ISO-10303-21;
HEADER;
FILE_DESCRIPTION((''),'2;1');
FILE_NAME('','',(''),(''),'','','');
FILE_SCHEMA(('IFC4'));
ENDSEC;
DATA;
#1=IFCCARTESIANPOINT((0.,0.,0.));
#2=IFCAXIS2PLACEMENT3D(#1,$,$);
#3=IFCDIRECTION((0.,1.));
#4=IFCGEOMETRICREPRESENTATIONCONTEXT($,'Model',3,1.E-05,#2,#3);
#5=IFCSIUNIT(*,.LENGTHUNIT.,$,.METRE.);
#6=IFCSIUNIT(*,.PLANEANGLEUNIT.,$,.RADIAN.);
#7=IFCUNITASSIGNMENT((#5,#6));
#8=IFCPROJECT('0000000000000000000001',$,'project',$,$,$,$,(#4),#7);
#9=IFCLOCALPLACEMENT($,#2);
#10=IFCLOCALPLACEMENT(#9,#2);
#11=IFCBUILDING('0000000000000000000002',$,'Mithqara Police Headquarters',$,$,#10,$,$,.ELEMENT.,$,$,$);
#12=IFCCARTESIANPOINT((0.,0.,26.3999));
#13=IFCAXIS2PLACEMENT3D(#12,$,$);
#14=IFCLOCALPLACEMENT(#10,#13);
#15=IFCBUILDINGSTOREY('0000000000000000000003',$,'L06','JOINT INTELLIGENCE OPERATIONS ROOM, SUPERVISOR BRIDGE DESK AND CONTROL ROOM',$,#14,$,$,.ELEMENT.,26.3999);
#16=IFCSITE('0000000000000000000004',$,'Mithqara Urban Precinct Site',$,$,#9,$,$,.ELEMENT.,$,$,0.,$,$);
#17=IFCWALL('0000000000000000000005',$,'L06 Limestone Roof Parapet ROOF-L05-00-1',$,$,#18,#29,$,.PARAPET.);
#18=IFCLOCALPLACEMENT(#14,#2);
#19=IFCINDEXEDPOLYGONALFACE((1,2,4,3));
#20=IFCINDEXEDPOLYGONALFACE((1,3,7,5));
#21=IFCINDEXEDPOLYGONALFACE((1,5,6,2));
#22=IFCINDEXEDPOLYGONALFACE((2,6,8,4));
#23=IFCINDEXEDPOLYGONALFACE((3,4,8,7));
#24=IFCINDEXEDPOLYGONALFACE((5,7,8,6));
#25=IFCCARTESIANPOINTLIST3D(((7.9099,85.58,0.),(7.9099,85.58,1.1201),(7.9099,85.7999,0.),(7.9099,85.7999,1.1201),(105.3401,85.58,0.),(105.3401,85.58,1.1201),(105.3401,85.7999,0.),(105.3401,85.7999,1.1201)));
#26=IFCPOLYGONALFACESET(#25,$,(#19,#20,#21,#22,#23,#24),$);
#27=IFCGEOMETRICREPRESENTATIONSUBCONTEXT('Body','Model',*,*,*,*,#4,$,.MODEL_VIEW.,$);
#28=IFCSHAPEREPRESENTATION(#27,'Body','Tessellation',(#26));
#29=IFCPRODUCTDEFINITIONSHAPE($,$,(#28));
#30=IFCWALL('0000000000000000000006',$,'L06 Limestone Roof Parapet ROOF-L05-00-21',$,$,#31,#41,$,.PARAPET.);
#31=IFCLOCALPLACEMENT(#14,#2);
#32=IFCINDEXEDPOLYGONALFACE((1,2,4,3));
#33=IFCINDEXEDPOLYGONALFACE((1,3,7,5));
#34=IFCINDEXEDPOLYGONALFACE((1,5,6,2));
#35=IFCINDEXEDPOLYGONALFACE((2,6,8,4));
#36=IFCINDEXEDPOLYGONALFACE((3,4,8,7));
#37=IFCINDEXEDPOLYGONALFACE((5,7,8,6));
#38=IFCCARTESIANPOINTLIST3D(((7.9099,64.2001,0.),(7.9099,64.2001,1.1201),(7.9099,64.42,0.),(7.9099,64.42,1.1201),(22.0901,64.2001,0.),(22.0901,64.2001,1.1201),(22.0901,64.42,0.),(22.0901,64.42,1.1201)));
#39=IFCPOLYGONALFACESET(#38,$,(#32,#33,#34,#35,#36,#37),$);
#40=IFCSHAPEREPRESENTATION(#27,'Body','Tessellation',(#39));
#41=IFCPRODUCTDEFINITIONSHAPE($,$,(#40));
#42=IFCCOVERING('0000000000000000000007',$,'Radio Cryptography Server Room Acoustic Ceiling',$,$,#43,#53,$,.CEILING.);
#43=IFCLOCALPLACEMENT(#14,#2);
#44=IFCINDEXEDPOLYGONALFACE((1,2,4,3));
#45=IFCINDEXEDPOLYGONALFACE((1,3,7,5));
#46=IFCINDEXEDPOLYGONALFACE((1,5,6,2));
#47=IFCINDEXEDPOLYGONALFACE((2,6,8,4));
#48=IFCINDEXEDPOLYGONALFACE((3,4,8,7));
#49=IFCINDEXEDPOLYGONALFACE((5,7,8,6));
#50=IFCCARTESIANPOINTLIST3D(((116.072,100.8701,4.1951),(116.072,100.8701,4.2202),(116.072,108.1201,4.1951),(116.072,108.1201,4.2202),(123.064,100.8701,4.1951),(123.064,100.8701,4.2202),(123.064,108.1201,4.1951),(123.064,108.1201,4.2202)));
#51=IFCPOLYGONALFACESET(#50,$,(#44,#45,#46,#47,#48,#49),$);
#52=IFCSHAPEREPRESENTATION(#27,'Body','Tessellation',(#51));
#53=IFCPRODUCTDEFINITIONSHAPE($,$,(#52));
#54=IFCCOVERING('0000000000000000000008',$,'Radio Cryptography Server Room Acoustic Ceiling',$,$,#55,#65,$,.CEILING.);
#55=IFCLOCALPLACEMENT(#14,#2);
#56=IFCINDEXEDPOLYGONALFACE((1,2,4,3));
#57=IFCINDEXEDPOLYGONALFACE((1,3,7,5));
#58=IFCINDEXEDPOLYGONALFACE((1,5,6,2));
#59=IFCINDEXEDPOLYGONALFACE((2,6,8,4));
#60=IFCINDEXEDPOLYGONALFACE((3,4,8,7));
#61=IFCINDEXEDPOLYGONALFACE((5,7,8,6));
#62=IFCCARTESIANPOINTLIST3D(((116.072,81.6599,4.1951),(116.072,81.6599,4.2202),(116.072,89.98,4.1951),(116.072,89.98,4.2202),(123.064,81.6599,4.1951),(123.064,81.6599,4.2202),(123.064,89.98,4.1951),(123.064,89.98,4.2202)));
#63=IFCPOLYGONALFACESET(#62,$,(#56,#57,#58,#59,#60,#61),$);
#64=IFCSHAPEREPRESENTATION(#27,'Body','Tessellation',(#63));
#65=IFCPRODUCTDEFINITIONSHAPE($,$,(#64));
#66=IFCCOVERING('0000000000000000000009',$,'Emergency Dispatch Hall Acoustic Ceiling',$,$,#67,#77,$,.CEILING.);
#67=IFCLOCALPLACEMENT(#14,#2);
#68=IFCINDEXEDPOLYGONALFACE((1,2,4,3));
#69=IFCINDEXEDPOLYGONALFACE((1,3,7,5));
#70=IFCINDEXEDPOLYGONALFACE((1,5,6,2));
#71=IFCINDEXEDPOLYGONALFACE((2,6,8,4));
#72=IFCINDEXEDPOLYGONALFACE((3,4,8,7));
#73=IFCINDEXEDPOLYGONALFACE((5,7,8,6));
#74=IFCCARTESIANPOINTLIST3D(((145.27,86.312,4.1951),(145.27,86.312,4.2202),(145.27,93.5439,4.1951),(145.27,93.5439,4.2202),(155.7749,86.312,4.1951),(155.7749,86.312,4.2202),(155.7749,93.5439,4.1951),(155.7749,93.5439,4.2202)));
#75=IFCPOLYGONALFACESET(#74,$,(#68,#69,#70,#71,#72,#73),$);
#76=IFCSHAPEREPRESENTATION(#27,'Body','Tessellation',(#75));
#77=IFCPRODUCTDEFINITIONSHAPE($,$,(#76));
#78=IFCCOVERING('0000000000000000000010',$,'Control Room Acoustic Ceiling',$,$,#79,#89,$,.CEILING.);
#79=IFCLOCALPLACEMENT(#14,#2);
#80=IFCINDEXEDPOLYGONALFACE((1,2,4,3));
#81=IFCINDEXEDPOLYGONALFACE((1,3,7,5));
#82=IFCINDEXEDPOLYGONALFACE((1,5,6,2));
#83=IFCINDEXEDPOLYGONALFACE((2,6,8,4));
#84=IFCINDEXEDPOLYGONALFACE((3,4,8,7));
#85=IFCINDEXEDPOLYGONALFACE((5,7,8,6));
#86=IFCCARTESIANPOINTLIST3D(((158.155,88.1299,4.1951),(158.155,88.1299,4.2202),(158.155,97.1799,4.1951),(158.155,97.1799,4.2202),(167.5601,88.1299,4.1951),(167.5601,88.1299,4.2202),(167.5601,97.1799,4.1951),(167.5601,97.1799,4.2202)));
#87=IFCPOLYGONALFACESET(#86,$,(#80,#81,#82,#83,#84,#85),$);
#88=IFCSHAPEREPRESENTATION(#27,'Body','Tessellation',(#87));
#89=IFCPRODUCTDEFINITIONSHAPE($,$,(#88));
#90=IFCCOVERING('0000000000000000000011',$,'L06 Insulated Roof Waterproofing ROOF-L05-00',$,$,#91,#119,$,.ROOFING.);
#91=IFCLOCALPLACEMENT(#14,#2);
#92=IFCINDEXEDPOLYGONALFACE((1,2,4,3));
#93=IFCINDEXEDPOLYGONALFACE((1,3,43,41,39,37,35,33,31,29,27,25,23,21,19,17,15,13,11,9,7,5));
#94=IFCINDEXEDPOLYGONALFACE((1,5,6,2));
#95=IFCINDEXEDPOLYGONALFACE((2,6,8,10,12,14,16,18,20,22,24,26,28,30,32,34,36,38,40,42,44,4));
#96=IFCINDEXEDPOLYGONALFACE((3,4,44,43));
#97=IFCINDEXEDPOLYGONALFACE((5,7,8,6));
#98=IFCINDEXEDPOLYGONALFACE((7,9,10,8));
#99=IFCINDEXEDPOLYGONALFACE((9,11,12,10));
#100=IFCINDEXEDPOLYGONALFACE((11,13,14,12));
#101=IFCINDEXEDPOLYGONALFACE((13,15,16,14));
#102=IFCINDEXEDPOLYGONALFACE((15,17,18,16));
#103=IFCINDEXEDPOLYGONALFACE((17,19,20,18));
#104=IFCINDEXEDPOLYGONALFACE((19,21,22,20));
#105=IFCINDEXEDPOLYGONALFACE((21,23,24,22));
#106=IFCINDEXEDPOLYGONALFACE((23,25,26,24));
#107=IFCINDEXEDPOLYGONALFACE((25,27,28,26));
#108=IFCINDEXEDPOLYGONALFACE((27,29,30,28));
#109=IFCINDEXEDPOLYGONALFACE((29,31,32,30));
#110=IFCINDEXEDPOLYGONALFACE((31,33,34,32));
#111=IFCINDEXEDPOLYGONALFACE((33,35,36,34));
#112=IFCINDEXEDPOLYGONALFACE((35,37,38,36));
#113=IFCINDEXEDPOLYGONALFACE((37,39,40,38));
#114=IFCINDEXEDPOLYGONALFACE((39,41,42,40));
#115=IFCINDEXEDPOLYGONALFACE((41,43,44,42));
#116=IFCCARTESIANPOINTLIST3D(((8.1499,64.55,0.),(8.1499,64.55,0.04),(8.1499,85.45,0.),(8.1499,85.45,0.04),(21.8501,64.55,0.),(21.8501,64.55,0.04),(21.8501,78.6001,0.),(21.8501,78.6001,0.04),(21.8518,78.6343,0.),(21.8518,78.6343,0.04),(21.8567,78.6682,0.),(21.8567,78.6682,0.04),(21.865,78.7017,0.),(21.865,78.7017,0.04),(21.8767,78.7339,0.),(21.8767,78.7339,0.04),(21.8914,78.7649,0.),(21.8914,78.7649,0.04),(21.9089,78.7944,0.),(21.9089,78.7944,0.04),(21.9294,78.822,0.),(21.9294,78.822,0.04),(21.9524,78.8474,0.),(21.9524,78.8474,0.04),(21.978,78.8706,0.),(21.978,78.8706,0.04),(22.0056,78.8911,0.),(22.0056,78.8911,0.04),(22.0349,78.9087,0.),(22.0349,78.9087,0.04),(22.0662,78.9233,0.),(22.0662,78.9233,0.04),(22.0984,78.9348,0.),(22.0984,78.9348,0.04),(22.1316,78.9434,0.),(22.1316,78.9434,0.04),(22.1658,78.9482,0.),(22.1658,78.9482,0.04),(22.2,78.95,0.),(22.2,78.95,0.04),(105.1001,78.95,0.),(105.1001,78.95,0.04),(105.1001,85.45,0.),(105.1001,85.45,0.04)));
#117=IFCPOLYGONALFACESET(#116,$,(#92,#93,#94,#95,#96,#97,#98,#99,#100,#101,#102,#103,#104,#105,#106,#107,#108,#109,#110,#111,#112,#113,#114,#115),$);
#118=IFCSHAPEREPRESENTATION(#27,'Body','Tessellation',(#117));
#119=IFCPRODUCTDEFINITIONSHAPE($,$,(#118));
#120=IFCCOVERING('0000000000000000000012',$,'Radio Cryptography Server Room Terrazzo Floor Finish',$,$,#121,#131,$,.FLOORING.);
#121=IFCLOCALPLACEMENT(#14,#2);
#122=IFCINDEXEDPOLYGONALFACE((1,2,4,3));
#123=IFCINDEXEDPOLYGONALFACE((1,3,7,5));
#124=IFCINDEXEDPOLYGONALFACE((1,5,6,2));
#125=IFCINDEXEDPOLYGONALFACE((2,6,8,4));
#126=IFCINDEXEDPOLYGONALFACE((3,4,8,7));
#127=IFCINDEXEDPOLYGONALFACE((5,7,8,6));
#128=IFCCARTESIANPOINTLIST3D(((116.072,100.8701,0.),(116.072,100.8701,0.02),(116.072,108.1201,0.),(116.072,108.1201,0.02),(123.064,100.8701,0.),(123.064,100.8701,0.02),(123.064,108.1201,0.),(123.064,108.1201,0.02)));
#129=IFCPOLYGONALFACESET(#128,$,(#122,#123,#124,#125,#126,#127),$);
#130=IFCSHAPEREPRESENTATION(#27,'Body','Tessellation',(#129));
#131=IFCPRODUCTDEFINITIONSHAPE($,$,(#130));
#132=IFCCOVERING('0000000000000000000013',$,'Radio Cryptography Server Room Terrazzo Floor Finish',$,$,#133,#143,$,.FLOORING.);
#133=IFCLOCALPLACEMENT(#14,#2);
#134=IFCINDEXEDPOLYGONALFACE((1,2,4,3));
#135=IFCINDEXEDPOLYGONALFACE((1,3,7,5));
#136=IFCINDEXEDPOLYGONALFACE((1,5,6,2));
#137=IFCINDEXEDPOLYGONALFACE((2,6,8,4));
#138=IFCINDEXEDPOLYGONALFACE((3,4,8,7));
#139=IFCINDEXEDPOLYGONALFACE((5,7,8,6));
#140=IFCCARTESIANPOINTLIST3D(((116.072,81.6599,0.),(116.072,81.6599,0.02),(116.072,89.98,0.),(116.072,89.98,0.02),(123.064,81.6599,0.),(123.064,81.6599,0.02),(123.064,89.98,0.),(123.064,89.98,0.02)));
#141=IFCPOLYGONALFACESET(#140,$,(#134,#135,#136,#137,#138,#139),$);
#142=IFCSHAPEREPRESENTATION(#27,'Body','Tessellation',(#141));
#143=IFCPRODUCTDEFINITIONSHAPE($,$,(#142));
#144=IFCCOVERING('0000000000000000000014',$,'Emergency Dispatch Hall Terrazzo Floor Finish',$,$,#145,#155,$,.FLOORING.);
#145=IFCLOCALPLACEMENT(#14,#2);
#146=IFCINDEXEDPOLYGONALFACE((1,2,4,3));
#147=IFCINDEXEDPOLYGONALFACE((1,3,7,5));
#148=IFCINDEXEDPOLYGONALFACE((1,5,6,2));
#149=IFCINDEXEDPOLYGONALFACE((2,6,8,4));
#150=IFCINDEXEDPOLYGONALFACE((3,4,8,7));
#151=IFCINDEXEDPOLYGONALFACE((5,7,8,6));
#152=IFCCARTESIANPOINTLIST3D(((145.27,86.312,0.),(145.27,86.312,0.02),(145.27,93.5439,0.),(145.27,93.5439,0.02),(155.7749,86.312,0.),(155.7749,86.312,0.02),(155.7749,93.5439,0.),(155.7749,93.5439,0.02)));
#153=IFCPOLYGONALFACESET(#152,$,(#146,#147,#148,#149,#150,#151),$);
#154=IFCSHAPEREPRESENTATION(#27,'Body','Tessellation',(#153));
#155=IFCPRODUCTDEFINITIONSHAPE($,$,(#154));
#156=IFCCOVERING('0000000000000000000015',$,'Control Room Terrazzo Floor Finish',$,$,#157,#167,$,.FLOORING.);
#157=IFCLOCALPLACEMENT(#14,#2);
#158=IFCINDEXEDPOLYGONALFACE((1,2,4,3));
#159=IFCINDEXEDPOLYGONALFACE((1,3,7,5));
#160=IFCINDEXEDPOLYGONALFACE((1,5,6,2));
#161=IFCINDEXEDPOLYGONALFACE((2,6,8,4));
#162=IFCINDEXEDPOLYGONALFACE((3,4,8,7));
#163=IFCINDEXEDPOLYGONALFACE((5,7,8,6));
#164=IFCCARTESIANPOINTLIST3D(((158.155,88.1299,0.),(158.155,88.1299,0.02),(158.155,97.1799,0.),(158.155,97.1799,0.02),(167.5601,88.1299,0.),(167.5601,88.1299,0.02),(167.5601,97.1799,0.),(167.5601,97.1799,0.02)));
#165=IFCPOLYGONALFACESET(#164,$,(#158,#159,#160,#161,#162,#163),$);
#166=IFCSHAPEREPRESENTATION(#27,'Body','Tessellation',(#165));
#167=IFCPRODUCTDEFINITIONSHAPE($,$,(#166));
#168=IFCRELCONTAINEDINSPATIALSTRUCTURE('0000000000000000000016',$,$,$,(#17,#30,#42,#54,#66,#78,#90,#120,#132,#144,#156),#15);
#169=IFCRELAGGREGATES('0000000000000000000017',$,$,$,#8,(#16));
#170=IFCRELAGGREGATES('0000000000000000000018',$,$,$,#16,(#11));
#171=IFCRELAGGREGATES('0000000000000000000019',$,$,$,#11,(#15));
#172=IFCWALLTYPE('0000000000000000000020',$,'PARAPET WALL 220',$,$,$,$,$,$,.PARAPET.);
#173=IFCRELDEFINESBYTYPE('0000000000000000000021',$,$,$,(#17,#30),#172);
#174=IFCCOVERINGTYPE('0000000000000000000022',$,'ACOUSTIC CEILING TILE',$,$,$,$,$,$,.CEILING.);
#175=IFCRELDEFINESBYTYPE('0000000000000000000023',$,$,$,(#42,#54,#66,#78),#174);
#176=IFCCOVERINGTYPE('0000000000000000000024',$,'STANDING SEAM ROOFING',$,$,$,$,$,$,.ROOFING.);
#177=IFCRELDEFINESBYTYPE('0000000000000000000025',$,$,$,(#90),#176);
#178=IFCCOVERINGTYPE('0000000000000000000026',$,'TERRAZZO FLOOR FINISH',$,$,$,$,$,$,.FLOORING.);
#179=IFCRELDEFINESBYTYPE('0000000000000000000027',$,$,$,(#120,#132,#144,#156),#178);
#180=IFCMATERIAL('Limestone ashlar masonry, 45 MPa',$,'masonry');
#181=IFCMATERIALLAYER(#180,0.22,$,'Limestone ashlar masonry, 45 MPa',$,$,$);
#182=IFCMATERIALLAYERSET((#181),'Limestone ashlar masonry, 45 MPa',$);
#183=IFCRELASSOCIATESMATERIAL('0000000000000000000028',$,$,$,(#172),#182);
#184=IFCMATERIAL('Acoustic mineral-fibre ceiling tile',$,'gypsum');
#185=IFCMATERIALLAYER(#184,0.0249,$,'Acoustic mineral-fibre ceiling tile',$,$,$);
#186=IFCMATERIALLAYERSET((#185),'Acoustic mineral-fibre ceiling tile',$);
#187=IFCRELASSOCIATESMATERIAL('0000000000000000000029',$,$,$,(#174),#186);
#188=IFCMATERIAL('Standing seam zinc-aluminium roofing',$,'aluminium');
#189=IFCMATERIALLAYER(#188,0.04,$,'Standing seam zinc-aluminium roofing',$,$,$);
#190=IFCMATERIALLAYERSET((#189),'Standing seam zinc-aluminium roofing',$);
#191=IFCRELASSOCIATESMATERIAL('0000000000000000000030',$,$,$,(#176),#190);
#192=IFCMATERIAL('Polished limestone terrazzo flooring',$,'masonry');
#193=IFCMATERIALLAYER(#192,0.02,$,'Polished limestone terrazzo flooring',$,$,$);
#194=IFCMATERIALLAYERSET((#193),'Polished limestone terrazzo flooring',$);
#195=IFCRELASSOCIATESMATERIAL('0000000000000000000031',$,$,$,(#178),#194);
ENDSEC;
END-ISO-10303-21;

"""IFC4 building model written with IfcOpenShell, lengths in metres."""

from ifc_helpers import new_model, si_unit, direction, frame, frame_2d, origin, place, context, subcontext, project, spatial, polyline, rectangle, outline, extrude, material, layer, layer_set, type_object, element, save


model = new_model("IFC4")

# Units and contexts
model_context = context("Model", 3, precision=1e-05, world=origin(), true_north=direction((0.0, 1.0)))
body_context = subcontext(model_context, "Body", "Model", "MODEL_VIEW")
ifc_project = project(units=[si_unit("LENGTHUNIT", "METRE"), si_unit("PLANEANGLEUNIT", "RADIAN")], contexts=[model_context])

# Site, building, storey
site_placement = place(None, origin())
site = spatial("IfcSite", under=ifc_project, at=site_placement, Name="Mithqara Urban Precinct Site", CompositionType="ELEMENT", RefElevation=0.0)
building_placement = place(site_placement, origin())
building = spatial("IfcBuilding", under=site, at=building_placement, Name="Mithqara Police Headquarters", CompositionType="ELEMENT")
storey_placement = place(building_placement, frame((0.0, 0.0, 26.3999)))
storey = spatial("IfcBuildingStorey", under=building, at=storey_placement, Name="L06", Description="JOINT INTELLIGENCE OPERATIONS ROOM, SUPERVISOR BRIDGE DESK AND CONTROL ROOM", CompositionType="ELEMENT", Elevation=26.3999)

# Walls
ifc_material_1 = material(Name="Limestone ashlar masonry, 45 MPa", Category="masonry")
ifc_layer_1 = layer(ifc_material_1, 0.22, Name="Limestone ashlar masonry, 45 MPa")
ifc_layer_set_1 = layer_set([ifc_layer_1], Name="Limestone ashlar masonry, 45 MPa")
wall_type_1 = type_object("IfcWallType", Name="PARAPET WALL 220", PredefinedType="PARAPET", material=ifc_layer_set_1)
wall_1_placement = place(storey_placement, frame((7.9099, 85.6899, 0.0), z_axis=(0.0, 0.0, 1.0), x_axis=(1.0, 0.0, 0.0)))
element("IfcWall", 1, at=wall_1_placement, inside=storey, type_object=wall_type_1, Name="L06 Limestone Roof Parapet ROOF-L05-00-1", PredefinedType="PARAPET", context=body_context, shape_type="SweptSolid", body=[
    extrude(rectangle(XDim=97.4302, YDim=0.22, at=frame_2d((48.7151, 0.0))), origin(), (0.0, 0.0, 1.0), 1.1201),
])
wall_2_placement = place(storey_placement, frame((22.0901, 64.3101, 0.0), z_axis=(0.0, 0.0, 1.0), x_axis=(-1.0, 0.0, 0.0)))
element("IfcWall", 2, at=wall_2_placement, inside=storey, type_object=wall_type_1, Name="L06 Limestone Roof Parapet ROOF-L05-00-21", PredefinedType="PARAPET", context=body_context, shape_type="SweptSolid", body=[
    extrude(rectangle(XDim=14.1802, YDim=0.22, at=frame_2d((7.0901, 0.0))), origin(), (0.0, 0.0, 1.0), 1.1201),
])

# Coverings
ifc_material_2 = material(Name="Acoustic mineral-fibre ceiling tile", Category="gypsum")
ifc_layer_2 = layer(ifc_material_2, 0.0249, Name="Acoustic mineral-fibre ceiling tile")
ifc_layer_set_2 = layer_set([ifc_layer_2], Name="Acoustic mineral-fibre ceiling tile")
covering_type_1 = type_object("IfcCoveringType", Name="ACOUSTIC CEILING TILE", PredefinedType="CEILING", material=ifc_layer_set_2)
covering_1_placement = place(storey_placement, frame((0.0, 0.0, 4.1951)))
element("IfcCovering", 3, at=covering_1_placement, inside=storey, type_object=covering_type_1, Name="Radio Cryptography Server Room Acoustic Ceiling", PredefinedType="CEILING", context=body_context, shape_type="SweptSolid", body=[
    extrude(outline(polyline([(116.072, 100.8701), (123.064, 100.8701), (123.064, 108.1201), (116.072, 108.1201), (116.072, 100.8701)])), origin(), (0.0, 0.0, 1.0), 0.0251),
])
covering_2_placement = place(storey_placement, frame((0.0, 0.0, 4.1951)))
element("IfcCovering", 4, at=covering_2_placement, inside=storey, type_object=covering_type_1, Name="Radio Cryptography Server Room Acoustic Ceiling", PredefinedType="CEILING", context=body_context, shape_type="SweptSolid", body=[
    extrude(outline(polyline([(116.072, 81.6599), (123.064, 81.6599), (123.064, 89.98), (116.072, 89.98), (116.072, 81.6599)])), origin(), (0.0, 0.0, 1.0), 0.0251),
])
covering_3_placement = place(storey_placement, frame((0.0, 0.0, 4.1951)))
element("IfcCovering", 5, at=covering_3_placement, inside=storey, type_object=covering_type_1, Name="Emergency Dispatch Hall Acoustic Ceiling", PredefinedType="CEILING", context=body_context, shape_type="SweptSolid", body=[
    extrude(outline(polyline([(145.27, 86.312), (155.7749, 86.312), (155.7749, 93.5439), (145.27, 93.5439), (145.27, 86.312)])), origin(), (0.0, 0.0, 1.0), 0.0251),
])
covering_4_placement = place(storey_placement, frame((0.0, 0.0, 4.1951)))
element("IfcCovering", 6, at=covering_4_placement, inside=storey, type_object=covering_type_1, Name="Control Room Acoustic Ceiling", PredefinedType="CEILING", context=body_context, shape_type="SweptSolid", body=[
    extrude(outline(polyline([(158.155, 88.1299), (167.5601, 88.1299), (167.5601, 97.1799), (158.155, 97.1799), (158.155, 88.1299)])), origin(), (0.0, 0.0, 1.0), 0.0251),
])
ifc_material_3 = material(Name="Standing seam zinc-aluminium roofing", Category="aluminium")
ifc_layer_3 = layer(ifc_material_3, 0.04, Name="Standing seam zinc-aluminium roofing")
ifc_layer_set_3 = layer_set([ifc_layer_3], Name="Standing seam zinc-aluminium roofing")
covering_type_2 = type_object("IfcCoveringType", Name="STANDING SEAM ROOFING", PredefinedType="ROOFING", material=ifc_layer_set_3)
covering_5_placement = place(storey_placement, origin())
element("IfcCovering", 7, at=covering_5_placement, inside=storey, type_object=covering_type_2, Name="L06 Insulated Roof Waterproofing ROOF-L05-00", PredefinedType="ROOFING", context=body_context, shape_type="SweptSolid", body=[
    extrude(outline(polyline([(8.1499, 85.45), (105.1001, 85.45), (105.1001, 78.95), (22.2, 78.95), (22.1658, 78.9482), (22.1316, 78.9434), (22.0984, 78.9348), (22.0662, 78.9233), (22.0349, 78.9087), (22.0056, 78.8911), (21.978, 78.8706), (21.9524, 78.8474), (21.9294, 78.822), (21.9089, 78.7944), (21.8914, 78.7649), (21.8767, 78.7339), (21.865, 78.7017), (21.8567, 78.6682), (21.8518, 78.6343), (21.8501, 78.6001), (21.8501, 64.55), (8.1499, 64.55), (8.1499, 85.45)])), origin(), (0.0, 0.0, 1.0), 0.04),
])
ifc_material_4 = material(Name="Polished limestone terrazzo flooring", Category="masonry")
ifc_layer_4 = layer(ifc_material_4, 0.02, Name="Polished limestone terrazzo flooring")
ifc_layer_set_4 = layer_set([ifc_layer_4], Name="Polished limestone terrazzo flooring")
covering_type_3 = type_object("IfcCoveringType", Name="TERRAZZO FLOOR FINISH", PredefinedType="FLOORING", material=ifc_layer_set_4)
covering_6_placement = place(storey_placement, origin())
element("IfcCovering", 8, at=covering_6_placement, inside=storey, type_object=covering_type_3, Name="Radio Cryptography Server Room Terrazzo Floor Finish", PredefinedType="FLOORING", context=body_context, shape_type="SweptSolid", body=[
    extrude(outline(polyline([(116.072, 100.8701), (123.064, 100.8701), (123.064, 108.1201), (116.072, 108.1201), (116.072, 100.8701)])), origin(), (0.0, 0.0, 1.0), 0.02),
])
covering_7_placement = place(storey_placement, origin())
element("IfcCovering", 9, at=covering_7_placement, inside=storey, type_object=covering_type_3, Name="Radio Cryptography Server Room Terrazzo Floor Finish", PredefinedType="FLOORING", context=body_context, shape_type="SweptSolid", body=[
    extrude(outline(polyline([(116.072, 81.6599), (123.064, 81.6599), (123.064, 89.98), (116.072, 89.98), (116.072, 81.6599)])), origin(), (0.0, 0.0, 1.0), 0.02),
])
covering_8_placement = place(storey_placement, origin())
element("IfcCovering", 10, at=covering_8_placement, inside=storey, type_object=covering_type_3, Name="Emergency Dispatch Hall Terrazzo Floor Finish", PredefinedType="FLOORING", context=body_context, shape_type="SweptSolid", body=[
    extrude(outline(polyline([(145.27, 86.312), (155.7749, 86.312), (155.7749, 93.5439), (145.27, 93.5439), (145.27, 86.312)])), origin(), (0.0, 0.0, 1.0), 0.02),
])
covering_9_placement = place(storey_placement, origin())
element("IfcCovering", 11, at=covering_9_placement, inside=storey, type_object=covering_type_3, Name="Control Room Terrazzo Floor Finish", PredefinedType="FLOORING", context=body_context, shape_type="SweptSolid", body=[
    extrude(outline(polyline([(158.155, 88.1299), (167.5601, 88.1299), (167.5601, 97.1799), (158.155, 97.1799), (158.155, 88.1299)])), origin(), (0.0, 0.0, 1.0), 0.02),
])

save(model, "model.ifc")
